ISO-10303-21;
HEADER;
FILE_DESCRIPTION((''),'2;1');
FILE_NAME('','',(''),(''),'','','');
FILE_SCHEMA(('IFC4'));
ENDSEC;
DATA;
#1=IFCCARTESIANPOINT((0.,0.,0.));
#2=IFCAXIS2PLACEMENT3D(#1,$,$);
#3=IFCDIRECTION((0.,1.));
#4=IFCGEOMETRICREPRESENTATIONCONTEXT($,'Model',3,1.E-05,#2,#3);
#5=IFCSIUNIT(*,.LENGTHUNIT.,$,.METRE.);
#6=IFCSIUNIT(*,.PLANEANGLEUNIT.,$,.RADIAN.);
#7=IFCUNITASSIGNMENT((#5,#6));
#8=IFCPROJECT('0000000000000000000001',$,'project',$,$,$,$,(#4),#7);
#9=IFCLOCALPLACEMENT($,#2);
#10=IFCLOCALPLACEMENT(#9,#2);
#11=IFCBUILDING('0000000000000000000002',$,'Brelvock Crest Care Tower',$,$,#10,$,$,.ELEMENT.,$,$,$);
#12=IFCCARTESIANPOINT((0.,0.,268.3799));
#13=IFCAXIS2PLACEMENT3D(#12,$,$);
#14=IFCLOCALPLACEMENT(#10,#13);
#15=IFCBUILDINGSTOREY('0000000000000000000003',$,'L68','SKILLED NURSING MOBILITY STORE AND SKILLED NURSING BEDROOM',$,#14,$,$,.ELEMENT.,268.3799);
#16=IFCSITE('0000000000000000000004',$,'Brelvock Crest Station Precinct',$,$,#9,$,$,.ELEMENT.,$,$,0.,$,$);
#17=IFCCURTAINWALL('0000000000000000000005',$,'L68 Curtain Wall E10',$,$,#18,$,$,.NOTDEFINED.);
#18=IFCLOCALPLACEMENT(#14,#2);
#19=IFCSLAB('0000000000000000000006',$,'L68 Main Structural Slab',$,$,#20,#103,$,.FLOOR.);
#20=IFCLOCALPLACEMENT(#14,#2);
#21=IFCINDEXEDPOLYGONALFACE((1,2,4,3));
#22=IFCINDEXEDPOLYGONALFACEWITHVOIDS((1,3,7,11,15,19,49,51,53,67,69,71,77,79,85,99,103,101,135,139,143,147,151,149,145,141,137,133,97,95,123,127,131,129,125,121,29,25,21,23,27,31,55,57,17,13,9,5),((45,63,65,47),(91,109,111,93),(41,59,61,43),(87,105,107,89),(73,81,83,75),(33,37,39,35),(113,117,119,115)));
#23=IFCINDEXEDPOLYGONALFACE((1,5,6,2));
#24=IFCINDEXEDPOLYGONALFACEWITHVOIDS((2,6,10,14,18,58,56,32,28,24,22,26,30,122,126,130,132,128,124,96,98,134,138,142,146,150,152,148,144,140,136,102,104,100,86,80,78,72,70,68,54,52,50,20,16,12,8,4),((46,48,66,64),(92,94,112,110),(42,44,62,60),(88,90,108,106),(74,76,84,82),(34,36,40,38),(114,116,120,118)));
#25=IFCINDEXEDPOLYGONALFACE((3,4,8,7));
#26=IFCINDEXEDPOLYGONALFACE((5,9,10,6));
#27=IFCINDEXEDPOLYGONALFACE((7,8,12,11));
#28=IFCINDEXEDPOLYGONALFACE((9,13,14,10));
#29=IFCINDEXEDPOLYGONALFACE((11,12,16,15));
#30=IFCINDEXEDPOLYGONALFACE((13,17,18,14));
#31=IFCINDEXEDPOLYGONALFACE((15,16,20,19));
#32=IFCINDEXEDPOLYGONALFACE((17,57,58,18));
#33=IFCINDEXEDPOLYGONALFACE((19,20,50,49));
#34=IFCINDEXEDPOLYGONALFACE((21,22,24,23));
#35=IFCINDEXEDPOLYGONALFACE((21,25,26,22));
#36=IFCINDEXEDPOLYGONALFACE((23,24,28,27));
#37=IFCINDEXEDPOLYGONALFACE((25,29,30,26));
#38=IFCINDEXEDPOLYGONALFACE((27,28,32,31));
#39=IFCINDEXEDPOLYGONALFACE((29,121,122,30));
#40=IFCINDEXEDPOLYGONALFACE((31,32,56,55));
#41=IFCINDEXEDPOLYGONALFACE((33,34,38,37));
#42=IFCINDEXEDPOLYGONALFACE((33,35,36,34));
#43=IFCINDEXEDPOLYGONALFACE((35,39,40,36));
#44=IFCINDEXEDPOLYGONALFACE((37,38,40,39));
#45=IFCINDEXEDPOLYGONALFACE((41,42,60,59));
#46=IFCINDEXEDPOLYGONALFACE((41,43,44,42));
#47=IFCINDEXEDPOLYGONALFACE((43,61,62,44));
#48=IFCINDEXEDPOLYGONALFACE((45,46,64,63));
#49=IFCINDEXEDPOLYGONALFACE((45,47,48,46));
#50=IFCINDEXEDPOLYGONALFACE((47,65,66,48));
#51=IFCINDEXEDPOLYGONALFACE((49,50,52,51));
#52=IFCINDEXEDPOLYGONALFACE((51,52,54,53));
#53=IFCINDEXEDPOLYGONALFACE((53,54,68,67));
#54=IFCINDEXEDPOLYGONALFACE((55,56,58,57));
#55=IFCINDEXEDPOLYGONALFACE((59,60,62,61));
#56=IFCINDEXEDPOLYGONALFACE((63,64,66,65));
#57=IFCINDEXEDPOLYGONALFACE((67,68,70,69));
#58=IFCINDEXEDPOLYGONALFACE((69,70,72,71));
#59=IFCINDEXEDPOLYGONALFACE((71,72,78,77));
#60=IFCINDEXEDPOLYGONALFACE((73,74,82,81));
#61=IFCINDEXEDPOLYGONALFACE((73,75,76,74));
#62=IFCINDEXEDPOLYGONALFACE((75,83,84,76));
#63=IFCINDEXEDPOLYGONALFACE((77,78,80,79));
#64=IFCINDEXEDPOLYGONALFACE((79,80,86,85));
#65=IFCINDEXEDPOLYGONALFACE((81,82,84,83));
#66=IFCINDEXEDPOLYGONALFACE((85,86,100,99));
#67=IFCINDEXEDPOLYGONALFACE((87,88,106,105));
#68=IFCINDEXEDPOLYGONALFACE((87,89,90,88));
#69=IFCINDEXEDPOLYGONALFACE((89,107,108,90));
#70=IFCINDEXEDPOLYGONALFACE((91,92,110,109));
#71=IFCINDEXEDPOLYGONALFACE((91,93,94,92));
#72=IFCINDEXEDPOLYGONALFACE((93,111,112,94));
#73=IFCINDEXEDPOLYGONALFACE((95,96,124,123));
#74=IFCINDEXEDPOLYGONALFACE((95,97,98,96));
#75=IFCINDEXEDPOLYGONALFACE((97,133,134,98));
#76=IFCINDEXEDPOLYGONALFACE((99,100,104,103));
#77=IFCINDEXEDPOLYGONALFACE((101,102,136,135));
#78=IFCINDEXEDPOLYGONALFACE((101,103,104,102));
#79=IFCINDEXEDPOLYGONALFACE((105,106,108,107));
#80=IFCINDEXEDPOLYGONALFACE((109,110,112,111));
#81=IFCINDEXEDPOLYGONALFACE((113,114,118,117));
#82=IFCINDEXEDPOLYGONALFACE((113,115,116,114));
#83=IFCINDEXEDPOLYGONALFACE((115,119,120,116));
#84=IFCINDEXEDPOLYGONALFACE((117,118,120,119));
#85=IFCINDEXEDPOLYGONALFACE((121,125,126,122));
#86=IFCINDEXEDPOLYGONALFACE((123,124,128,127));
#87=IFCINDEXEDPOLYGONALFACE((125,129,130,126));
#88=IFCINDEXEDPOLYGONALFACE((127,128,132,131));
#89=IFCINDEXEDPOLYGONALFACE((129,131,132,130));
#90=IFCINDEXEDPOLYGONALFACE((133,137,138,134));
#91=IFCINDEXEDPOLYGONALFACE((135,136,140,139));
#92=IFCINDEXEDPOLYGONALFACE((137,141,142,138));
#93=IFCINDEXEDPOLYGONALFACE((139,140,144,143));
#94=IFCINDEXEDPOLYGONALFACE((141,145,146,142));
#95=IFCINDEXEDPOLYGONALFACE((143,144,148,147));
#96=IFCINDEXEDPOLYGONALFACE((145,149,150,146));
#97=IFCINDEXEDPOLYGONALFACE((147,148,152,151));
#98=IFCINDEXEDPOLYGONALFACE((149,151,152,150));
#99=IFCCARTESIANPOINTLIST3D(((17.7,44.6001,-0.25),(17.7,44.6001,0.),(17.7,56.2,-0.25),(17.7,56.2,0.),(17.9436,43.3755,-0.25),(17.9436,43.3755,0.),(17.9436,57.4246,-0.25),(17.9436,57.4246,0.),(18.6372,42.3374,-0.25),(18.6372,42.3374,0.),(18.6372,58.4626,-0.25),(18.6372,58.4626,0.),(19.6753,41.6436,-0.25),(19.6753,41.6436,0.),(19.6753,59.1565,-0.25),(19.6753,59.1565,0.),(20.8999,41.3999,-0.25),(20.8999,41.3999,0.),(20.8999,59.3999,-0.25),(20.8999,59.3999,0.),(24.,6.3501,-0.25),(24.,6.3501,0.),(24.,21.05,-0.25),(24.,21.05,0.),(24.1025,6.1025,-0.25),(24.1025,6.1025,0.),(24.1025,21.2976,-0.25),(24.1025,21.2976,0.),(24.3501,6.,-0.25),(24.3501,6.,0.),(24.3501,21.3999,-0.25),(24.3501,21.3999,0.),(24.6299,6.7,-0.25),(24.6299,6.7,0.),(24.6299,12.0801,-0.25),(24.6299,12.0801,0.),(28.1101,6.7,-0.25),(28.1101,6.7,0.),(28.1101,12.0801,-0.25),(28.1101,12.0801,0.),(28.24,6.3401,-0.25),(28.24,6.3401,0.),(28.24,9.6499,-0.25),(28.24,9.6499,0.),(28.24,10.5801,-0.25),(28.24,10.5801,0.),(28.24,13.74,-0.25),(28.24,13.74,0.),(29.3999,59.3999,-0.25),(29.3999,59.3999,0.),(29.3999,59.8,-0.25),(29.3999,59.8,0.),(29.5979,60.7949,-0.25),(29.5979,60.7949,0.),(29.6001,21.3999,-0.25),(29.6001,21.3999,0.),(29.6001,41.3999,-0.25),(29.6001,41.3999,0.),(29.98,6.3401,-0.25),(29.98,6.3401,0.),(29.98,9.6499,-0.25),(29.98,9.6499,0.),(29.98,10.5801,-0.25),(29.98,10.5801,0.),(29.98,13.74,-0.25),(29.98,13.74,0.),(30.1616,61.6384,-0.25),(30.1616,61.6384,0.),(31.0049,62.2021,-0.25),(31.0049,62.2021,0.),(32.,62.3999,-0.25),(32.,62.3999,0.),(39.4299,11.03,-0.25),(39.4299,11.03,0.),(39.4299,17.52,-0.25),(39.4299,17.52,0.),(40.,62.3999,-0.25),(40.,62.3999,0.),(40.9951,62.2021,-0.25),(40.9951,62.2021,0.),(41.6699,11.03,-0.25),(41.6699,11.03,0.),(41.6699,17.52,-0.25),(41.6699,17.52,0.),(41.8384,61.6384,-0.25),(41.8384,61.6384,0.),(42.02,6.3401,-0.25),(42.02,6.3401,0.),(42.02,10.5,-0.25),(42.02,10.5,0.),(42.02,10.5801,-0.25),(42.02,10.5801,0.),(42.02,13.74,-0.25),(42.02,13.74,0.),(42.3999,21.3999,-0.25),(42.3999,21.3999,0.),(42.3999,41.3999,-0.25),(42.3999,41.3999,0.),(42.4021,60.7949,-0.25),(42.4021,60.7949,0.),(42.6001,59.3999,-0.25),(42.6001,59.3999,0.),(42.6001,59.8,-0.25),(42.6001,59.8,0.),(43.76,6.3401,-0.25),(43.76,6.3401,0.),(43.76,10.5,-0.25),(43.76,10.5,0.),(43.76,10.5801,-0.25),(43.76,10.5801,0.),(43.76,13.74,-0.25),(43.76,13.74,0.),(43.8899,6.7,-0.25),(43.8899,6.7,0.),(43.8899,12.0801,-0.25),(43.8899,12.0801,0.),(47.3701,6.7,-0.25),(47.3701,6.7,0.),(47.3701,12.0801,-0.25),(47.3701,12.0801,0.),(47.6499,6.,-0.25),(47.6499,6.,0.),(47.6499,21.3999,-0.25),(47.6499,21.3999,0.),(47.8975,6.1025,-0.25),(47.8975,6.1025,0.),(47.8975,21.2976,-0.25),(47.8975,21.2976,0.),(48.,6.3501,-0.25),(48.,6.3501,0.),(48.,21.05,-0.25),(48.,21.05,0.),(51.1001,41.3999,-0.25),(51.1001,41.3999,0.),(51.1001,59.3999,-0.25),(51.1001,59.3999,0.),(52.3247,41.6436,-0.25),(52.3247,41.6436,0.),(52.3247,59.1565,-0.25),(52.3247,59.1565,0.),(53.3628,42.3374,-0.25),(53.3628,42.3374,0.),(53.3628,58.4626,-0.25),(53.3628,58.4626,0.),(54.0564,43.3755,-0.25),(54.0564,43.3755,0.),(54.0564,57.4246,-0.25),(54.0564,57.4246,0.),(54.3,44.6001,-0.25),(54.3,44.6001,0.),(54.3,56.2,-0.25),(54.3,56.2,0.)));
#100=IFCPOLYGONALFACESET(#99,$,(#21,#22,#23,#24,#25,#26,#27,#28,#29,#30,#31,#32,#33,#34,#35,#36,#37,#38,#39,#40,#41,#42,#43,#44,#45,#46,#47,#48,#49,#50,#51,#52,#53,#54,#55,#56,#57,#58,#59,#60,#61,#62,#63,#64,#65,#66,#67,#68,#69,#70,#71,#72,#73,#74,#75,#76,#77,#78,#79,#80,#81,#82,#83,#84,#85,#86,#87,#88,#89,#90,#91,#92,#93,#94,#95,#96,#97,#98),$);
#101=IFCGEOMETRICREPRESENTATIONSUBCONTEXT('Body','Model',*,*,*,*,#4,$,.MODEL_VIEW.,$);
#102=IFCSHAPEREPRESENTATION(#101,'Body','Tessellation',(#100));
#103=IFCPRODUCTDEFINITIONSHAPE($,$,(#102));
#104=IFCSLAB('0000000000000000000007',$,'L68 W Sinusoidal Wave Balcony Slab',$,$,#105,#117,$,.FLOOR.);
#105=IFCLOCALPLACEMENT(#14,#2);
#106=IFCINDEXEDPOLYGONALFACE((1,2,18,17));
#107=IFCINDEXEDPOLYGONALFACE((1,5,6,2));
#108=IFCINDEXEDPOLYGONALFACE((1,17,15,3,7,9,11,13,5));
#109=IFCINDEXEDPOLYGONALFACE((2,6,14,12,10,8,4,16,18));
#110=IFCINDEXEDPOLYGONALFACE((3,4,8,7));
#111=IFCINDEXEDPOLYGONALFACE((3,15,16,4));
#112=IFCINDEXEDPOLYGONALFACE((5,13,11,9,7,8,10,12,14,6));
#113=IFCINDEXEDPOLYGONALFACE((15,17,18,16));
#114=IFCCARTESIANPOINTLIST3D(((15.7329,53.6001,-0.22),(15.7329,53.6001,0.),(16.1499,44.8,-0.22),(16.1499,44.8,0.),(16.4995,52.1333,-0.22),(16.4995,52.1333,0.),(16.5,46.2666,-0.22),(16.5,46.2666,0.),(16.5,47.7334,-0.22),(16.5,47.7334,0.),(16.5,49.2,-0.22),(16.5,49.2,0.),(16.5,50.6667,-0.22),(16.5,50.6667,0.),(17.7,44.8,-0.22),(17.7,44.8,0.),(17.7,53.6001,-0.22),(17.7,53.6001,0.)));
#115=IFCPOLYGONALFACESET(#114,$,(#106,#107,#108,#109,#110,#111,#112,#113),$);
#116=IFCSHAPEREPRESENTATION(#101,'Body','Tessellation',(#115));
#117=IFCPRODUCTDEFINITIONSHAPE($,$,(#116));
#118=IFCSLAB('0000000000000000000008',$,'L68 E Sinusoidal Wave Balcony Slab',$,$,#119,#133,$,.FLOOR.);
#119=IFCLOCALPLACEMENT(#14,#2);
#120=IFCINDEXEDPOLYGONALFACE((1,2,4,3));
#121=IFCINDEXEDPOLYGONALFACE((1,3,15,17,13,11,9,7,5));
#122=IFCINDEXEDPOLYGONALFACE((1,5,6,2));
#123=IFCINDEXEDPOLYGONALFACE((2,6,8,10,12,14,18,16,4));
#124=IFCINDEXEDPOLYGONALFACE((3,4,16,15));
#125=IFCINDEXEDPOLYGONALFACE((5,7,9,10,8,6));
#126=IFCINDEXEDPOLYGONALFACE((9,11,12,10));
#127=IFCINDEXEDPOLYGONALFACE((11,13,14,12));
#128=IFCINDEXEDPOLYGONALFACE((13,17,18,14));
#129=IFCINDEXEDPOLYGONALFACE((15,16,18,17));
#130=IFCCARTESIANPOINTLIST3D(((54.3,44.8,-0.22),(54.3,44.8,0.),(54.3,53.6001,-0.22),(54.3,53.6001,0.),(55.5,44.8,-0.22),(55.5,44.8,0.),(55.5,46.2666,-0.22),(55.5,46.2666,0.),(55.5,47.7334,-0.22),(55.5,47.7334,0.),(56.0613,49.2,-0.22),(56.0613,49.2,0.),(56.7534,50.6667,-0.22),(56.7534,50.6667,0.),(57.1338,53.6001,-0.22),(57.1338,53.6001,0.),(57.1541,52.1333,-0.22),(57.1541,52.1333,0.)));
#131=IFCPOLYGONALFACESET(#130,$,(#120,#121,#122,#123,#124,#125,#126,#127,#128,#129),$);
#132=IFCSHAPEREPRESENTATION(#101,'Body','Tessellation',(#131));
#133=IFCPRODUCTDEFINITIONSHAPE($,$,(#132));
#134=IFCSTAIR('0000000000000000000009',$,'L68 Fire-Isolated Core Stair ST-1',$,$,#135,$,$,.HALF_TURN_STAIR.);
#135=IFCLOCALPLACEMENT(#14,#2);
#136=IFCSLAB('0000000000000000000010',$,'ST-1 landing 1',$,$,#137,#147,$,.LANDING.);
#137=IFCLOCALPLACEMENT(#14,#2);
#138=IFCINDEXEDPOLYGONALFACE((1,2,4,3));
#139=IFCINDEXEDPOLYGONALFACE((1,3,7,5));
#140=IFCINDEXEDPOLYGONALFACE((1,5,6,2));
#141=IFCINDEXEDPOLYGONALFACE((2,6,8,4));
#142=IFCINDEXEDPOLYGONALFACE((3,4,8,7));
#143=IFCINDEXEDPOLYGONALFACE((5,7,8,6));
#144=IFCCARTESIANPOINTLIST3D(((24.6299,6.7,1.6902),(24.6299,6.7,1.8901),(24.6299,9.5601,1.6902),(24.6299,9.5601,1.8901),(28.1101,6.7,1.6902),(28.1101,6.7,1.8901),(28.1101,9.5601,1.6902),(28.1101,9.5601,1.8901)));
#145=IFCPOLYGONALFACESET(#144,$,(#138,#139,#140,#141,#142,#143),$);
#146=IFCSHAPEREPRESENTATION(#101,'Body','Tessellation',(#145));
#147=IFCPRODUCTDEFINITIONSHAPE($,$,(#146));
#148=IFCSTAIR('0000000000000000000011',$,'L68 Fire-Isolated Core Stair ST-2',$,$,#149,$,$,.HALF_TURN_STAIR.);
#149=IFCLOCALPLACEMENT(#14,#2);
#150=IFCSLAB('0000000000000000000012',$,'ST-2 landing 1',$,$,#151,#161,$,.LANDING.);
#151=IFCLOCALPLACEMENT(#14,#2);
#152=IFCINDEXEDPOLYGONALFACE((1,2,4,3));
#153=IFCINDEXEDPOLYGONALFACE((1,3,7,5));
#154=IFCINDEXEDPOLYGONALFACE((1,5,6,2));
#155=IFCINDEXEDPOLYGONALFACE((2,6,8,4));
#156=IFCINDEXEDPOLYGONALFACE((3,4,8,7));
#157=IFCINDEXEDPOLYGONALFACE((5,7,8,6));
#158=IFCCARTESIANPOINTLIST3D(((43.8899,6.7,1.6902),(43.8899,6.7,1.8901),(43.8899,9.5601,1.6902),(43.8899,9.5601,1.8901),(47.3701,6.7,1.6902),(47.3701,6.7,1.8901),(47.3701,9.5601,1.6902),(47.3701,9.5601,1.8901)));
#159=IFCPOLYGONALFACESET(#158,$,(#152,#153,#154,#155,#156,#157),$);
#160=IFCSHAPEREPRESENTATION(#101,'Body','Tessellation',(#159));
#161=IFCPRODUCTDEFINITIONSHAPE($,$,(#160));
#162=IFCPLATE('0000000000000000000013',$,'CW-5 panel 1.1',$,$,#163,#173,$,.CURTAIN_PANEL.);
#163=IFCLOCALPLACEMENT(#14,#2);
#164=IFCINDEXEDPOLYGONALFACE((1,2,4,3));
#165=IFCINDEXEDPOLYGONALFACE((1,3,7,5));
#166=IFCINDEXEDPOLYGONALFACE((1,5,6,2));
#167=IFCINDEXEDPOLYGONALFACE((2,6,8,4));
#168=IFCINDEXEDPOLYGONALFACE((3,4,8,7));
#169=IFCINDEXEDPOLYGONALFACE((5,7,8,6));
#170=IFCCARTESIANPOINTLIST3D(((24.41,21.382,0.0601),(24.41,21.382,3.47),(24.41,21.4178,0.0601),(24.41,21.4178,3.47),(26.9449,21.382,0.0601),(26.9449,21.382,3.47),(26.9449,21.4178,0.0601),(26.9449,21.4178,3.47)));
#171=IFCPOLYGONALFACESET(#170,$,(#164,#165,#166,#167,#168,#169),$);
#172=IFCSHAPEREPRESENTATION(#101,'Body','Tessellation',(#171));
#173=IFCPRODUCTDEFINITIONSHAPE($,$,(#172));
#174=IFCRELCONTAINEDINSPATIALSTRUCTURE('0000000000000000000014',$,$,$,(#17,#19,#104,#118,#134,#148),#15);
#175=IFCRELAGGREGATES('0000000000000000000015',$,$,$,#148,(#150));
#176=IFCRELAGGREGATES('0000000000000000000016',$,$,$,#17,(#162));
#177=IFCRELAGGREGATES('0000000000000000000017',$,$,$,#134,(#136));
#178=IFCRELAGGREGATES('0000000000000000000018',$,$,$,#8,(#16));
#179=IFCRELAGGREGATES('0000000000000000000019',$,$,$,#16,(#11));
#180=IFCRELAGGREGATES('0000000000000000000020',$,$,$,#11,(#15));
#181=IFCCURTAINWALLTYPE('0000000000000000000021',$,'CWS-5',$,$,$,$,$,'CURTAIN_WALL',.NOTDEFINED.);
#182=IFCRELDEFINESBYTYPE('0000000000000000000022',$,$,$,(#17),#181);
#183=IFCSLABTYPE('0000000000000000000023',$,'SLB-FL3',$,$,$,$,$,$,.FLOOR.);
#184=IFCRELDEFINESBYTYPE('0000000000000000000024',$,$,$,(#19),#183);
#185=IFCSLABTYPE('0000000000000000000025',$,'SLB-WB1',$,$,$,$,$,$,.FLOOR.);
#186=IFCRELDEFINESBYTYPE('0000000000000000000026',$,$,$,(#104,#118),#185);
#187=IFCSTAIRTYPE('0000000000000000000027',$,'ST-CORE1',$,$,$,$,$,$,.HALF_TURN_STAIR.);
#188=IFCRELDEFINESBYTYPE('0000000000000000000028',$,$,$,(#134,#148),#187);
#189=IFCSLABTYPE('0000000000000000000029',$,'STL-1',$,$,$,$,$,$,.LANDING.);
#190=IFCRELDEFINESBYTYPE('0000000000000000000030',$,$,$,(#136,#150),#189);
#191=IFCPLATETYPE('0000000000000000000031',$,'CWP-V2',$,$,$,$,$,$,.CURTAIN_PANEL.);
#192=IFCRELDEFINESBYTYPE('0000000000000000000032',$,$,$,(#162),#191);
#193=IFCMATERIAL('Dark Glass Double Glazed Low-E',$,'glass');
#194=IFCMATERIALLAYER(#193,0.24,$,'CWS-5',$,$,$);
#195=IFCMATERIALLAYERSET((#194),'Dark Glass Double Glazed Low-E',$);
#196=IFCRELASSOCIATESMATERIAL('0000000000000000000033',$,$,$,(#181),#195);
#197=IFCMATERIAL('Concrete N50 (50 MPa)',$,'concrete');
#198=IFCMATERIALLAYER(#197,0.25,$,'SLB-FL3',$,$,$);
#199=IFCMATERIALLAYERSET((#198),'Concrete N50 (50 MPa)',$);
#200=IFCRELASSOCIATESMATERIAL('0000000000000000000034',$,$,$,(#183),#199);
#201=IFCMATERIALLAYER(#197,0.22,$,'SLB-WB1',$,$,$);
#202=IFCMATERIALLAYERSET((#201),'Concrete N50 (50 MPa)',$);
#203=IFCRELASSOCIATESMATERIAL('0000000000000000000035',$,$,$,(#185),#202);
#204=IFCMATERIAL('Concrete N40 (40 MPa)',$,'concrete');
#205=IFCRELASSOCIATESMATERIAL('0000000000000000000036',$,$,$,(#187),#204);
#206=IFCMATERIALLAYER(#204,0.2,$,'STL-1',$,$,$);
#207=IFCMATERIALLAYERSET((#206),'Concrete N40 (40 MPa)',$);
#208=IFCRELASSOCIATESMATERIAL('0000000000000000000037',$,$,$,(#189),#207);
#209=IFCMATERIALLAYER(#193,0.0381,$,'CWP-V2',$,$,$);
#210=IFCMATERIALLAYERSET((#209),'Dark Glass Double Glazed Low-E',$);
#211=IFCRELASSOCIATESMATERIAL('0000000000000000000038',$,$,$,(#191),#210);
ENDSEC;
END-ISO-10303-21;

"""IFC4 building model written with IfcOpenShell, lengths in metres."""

from ifc_helpers import new_model, si_unit, direction, frame, origin, origin_2d, place, context, subcontext, project, spatial, polyline, rectangle, outline, extrude, source, transform, mapped, material, layer, layer_set, type_object, element, aggregate, save


model = new_model("IFC4")

# Units and contexts
model_context = context("Model", 3, precision=1e-05, world=origin(), true_north=direction((0.0, 1.0)))
body_context = subcontext(model_context, "Body", "Model", "MODEL_VIEW")
ifc_project = project(units=[si_unit("LENGTHUNIT", "METRE"), si_unit("PLANEANGLEUNIT", "RADIAN")], contexts=[model_context])

# Site, building, storey
site_placement = place(None, origin())
site = spatial("IfcSite", under=ifc_project, at=site_placement, Name="Brelvock Crest Station Precinct", CompositionType="ELEMENT", RefElevation=0.0)
building_placement = place(site_placement, origin())
building = spatial("IfcBuilding", under=site, at=building_placement, Name="Brelvock Crest Care Tower", CompositionType="ELEMENT")
storey_placement = place(building_placement, frame((0.0, 0.0, 268.3799)))
storey = spatial("IfcBuildingStorey", under=building, at=storey_placement, Name="L68", Description="SKILLED NURSING MOBILITY STORE AND SKILLED NURSING BEDROOM", CompositionType="ELEMENT", Elevation=268.3799)

# Curtain wall
ifc_material_1 = material(Name="Dark Glass Double Glazed Low-E", Category="glass")
ifc_layer_1 = layer(ifc_material_1, 0.24, Name="CWS-5")
ifc_layer_set_1 = layer_set([ifc_layer_1], Name="Dark Glass Double Glazed Low-E")
curtain_wall_type = type_object("IfcCurtainWallType", Name="CWS-5", ElementType="CURTAIN_WALL", PredefinedType="NOTDEFINED", material=ifc_layer_set_1)
curtain_wall_placement = place(storey_placement, origin())
curtain_wall = element("IfcCurtainWall", 1, at=curtain_wall_placement, inside=storey, type_object=curtain_wall_type, Name="L68 Curtain Wall E10", PredefinedType="NOTDEFINED")

# Slabs
ifc_material_2 = material(Name="Concrete N50 (50 MPa)", Category="concrete")
ifc_layer_2 = layer(ifc_material_2, 0.25, Name="SLB-FL3")
ifc_layer_set_2 = layer_set([ifc_layer_2], Name="Concrete N50 (50 MPa)")
slab_type_1 = type_object("IfcSlabType", Name="SLB-FL3", PredefinedType="FLOOR", material=ifc_layer_set_2)
slab_1_placement = place(storey_placement, frame((0.0, 0.0, -0.25)))
element("IfcSlab", 2, at=slab_1_placement, inside=storey, type_object=slab_type_1, Name="L68 Main Structural Slab", PredefinedType="FLOOR", context=body_context, shape_type="SweptSolid", body=[
    extrude(outline(polyline([(47.6499, 21.3999), (42.3999, 21.3999), (42.3999, 41.3999), (51.1001, 41.3999), (52.3247, 41.6436), (53.3628, 42.3374), (54.0564, 43.3755), (54.3, 44.6001), (54.3, 56.2), (54.0564, 57.4246), (53.3628, 58.4626), (52.3247, 59.1565), (51.1001, 59.3999), (42.6001, 59.3999), (42.6001, 59.8), (42.4021, 60.7949), (41.8384, 61.6384), (40.9951, 62.2021), (40.0, 62.3999), (32.0, 62.3999), (31.0049, 62.2021), (30.1616, 61.6384), (29.5979, 60.7949), (29.3999, 59.8), (29.3999, 59.3999), (20.8999, 59.3999), (19.6753, 59.1565), (18.6372, 58.4626), (17.9436, 57.4246), (17.7, 56.2), (17.7, 44.6001), (17.9436, 43.3755), (18.6372, 42.3374), (19.6753, 41.6436), (20.8999, 41.3999), (29.6001, 41.3999), (29.6001, 21.3999), (24.3501, 21.3999), (24.1025, 21.2976), (24.0, 21.05), (24.0, 6.3501), (24.1025, 6.1025), (24.3501, 6.0), (47.6499, 6.0), (47.8975, 6.1025), (48.0, 6.3501), (48.0, 21.05), (47.8975, 21.2976), (47.6499, 21.3999)]), holes=[polyline([(28.24, 10.5801), (29.98, 10.5801), (29.98, 13.74), (28.24, 13.74), (28.24, 10.5801)]), polyline([(42.02, 10.5801), (43.76, 10.5801), (43.76, 13.74), (42.02, 13.74), (42.02, 10.5801)]), polyline([(28.24, 6.3401), (29.98, 6.3401), (29.98, 9.6499), (28.24, 9.6499), (28.24, 6.3401)]), polyline([(24.6299, 12.0801), (24.6299, 6.7), (28.1101, 6.7), (28.1101, 12.0801), (24.6299, 12.0801)]), polyline([(43.8899, 12.0801), (43.8899, 6.7), (47.3701, 6.7), (47.3701, 12.0801), (43.8899, 12.0801)]), polyline([(42.02, 6.3401), (43.76, 6.3401), (43.76, 10.5), (42.02, 10.5), (42.02, 6.3401)]), polyline([(39.4299, 11.03), (41.6699, 11.03), (41.6699, 17.52), (39.4299, 17.52), (39.4299, 11.03)])]), origin(), (0.0, 0.0, 1.0), 0.25),
])
ifc_layer_3 = layer(ifc_material_2, 0.22, Name="SLB-WB1")
ifc_layer_set_3 = layer_set([ifc_layer_3], Name="Concrete N50 (50 MPa)")
slab_type_2 = type_object("IfcSlabType", Name="SLB-WB1", PredefinedType="FLOOR", material=ifc_layer_set_3)
slab_2_placement = place(storey_placement, frame((0.0, 0.0, -0.22)))
element("IfcSlab", 3, at=slab_2_placement, inside=storey, type_object=slab_type_2, Name="L68 W Sinusoidal Wave Balcony Slab", PredefinedType="FLOOR", context=body_context, shape_type="SweptSolid", body=[
    extrude(outline(polyline([(17.7, 53.6001), (15.7329, 53.6001), (16.4995, 52.1333), (16.5, 50.6667), (16.5, 49.2), (16.5, 47.7334), (16.5, 46.2666), (16.1499, 44.8), (17.7, 44.8), (17.7, 53.6001)])), origin(), (0.0, 0.0, 1.0), 0.22),
])
slab_3_placement = place(storey_placement, frame((0.0, 0.0, -0.22)))
element("IfcSlab", 4, at=slab_3_placement, inside=storey, type_object=slab_type_2, Name="L68 E Sinusoidal Wave Balcony Slab", PredefinedType="FLOOR", context=body_context, shape_type="SweptSolid", body=[
    extrude(outline(polyline([(54.3, 44.8), (55.5, 44.8), (55.5, 46.2666), (55.5, 47.7334), (56.0613, 49.2), (56.7534, 50.6667), (57.1541, 52.1333), (57.1338, 53.6001), (54.3, 53.6001), (54.3, 44.8)])), origin(), (0.0, 0.0, 1.0), 0.22),
])

# Stairs, slabs
ifc_material_3 = material(Name="Concrete N40 (40 MPa)", Category="concrete")
stair_type = type_object("IfcStairType", Name="ST-CORE1", PredefinedType="HALF_TURN_STAIR", material=ifc_material_3)
stair_1_placement = place(storey_placement, origin())
stair_1 = element("IfcStair", 5, at=stair_1_placement, inside=storey, type_object=stair_type, Name="L68 Fire-Isolated Core Stair ST-1", PredefinedType="HALF_TURN_STAIR")
ifc_layer_4 = layer(ifc_material_3, 0.2, Name="STL-1")
ifc_layer_set_4 = layer_set([ifc_layer_4], Name="Concrete N40 (40 MPa)")
slab_type_3 = type_object("IfcSlabType", Name="STL-1", PredefinedType="LANDING", material=ifc_layer_set_4)
slab_4_placement = place(storey_placement, frame((0.0, 0.0, 1.6902)))
slab_4 = element("IfcSlab", 6, at=slab_4_placement, type_object=slab_type_3, Name="ST-1 landing 1", PredefinedType="LANDING", context=body_context, shape_type="SweptSolid", body=[
    extrude(outline(polyline([(24.6299, 9.5601), (24.6299, 6.7), (28.1101, 6.7), (28.1101, 9.5601), (24.6299, 9.5601)])), origin(), (0.0, 0.0, 1.0), 0.2),
])
stair_2_placement = place(storey_placement, origin())
stair_2 = element("IfcStair", 7, at=stair_2_placement, inside=storey, type_object=stair_type, Name="L68 Fire-Isolated Core Stair ST-2", PredefinedType="HALF_TURN_STAIR")
slab_5_placement = place(storey_placement, frame((0.0, 0.0, 1.6902)))
slab_5 = element("IfcSlab", 8, at=slab_5_placement, type_object=slab_type_3, Name="ST-2 landing 1", PredefinedType="LANDING", context=body_context, shape_type="SweptSolid", body=[
    extrude(outline(polyline([(43.8899, 9.5601), (43.8899, 6.7), (47.3701, 6.7), (47.3701, 9.5601), (43.8899, 9.5601)])), origin(), (0.0, 0.0, 1.0), 0.2),
])
aggregate(stair_2, [slab_5])

# Plate
ifc_layer_5 = layer(ifc_material_1, 0.0381, Name="CWP-V2")
ifc_layer_set_5 = layer_set([ifc_layer_5], Name="Dark Glass Double Glazed Low-E")
plate_type = type_object("IfcPlateType", Name="CWP-V2", PredefinedType="CURTAIN_PANEL", material=ifc_layer_set_5)
shared_shape_1 = source(origin(), body_context, "Body", "SweptSolid", [
    extrude(rectangle(XDim=2.5349, YDim=0.0359, at=origin_2d()), origin(), (0.0, 0.0, 1.0), 3.4099),
])
plate_placement = place(storey_placement, frame((25.6775, 21.3999, 0.0601), z_axis=(0.0, 0.0, 1.0), x_axis=(1.0, 0.0, 0.0)))
plate = element("IfcPlate", 9, at=plate_placement, type_object=plate_type, Name="CW-5 panel 1.1", PredefinedType="CURTAIN_PANEL", context=body_context, shape_type="MappedRepresentation", body=[
    mapped(shared_shape_1, transform((0.0, 0.0, 0.0), x_axis=(1.0, 0.0, 0.0), y_axis=(0.0, 1.0, 0.0), z_axis=(0.0, 0.0, 1.0), scale=1.0)),
])
aggregate(curtain_wall, [plate])

aggregate(stair_1, [slab_4])

save(model, "model.ifc")
